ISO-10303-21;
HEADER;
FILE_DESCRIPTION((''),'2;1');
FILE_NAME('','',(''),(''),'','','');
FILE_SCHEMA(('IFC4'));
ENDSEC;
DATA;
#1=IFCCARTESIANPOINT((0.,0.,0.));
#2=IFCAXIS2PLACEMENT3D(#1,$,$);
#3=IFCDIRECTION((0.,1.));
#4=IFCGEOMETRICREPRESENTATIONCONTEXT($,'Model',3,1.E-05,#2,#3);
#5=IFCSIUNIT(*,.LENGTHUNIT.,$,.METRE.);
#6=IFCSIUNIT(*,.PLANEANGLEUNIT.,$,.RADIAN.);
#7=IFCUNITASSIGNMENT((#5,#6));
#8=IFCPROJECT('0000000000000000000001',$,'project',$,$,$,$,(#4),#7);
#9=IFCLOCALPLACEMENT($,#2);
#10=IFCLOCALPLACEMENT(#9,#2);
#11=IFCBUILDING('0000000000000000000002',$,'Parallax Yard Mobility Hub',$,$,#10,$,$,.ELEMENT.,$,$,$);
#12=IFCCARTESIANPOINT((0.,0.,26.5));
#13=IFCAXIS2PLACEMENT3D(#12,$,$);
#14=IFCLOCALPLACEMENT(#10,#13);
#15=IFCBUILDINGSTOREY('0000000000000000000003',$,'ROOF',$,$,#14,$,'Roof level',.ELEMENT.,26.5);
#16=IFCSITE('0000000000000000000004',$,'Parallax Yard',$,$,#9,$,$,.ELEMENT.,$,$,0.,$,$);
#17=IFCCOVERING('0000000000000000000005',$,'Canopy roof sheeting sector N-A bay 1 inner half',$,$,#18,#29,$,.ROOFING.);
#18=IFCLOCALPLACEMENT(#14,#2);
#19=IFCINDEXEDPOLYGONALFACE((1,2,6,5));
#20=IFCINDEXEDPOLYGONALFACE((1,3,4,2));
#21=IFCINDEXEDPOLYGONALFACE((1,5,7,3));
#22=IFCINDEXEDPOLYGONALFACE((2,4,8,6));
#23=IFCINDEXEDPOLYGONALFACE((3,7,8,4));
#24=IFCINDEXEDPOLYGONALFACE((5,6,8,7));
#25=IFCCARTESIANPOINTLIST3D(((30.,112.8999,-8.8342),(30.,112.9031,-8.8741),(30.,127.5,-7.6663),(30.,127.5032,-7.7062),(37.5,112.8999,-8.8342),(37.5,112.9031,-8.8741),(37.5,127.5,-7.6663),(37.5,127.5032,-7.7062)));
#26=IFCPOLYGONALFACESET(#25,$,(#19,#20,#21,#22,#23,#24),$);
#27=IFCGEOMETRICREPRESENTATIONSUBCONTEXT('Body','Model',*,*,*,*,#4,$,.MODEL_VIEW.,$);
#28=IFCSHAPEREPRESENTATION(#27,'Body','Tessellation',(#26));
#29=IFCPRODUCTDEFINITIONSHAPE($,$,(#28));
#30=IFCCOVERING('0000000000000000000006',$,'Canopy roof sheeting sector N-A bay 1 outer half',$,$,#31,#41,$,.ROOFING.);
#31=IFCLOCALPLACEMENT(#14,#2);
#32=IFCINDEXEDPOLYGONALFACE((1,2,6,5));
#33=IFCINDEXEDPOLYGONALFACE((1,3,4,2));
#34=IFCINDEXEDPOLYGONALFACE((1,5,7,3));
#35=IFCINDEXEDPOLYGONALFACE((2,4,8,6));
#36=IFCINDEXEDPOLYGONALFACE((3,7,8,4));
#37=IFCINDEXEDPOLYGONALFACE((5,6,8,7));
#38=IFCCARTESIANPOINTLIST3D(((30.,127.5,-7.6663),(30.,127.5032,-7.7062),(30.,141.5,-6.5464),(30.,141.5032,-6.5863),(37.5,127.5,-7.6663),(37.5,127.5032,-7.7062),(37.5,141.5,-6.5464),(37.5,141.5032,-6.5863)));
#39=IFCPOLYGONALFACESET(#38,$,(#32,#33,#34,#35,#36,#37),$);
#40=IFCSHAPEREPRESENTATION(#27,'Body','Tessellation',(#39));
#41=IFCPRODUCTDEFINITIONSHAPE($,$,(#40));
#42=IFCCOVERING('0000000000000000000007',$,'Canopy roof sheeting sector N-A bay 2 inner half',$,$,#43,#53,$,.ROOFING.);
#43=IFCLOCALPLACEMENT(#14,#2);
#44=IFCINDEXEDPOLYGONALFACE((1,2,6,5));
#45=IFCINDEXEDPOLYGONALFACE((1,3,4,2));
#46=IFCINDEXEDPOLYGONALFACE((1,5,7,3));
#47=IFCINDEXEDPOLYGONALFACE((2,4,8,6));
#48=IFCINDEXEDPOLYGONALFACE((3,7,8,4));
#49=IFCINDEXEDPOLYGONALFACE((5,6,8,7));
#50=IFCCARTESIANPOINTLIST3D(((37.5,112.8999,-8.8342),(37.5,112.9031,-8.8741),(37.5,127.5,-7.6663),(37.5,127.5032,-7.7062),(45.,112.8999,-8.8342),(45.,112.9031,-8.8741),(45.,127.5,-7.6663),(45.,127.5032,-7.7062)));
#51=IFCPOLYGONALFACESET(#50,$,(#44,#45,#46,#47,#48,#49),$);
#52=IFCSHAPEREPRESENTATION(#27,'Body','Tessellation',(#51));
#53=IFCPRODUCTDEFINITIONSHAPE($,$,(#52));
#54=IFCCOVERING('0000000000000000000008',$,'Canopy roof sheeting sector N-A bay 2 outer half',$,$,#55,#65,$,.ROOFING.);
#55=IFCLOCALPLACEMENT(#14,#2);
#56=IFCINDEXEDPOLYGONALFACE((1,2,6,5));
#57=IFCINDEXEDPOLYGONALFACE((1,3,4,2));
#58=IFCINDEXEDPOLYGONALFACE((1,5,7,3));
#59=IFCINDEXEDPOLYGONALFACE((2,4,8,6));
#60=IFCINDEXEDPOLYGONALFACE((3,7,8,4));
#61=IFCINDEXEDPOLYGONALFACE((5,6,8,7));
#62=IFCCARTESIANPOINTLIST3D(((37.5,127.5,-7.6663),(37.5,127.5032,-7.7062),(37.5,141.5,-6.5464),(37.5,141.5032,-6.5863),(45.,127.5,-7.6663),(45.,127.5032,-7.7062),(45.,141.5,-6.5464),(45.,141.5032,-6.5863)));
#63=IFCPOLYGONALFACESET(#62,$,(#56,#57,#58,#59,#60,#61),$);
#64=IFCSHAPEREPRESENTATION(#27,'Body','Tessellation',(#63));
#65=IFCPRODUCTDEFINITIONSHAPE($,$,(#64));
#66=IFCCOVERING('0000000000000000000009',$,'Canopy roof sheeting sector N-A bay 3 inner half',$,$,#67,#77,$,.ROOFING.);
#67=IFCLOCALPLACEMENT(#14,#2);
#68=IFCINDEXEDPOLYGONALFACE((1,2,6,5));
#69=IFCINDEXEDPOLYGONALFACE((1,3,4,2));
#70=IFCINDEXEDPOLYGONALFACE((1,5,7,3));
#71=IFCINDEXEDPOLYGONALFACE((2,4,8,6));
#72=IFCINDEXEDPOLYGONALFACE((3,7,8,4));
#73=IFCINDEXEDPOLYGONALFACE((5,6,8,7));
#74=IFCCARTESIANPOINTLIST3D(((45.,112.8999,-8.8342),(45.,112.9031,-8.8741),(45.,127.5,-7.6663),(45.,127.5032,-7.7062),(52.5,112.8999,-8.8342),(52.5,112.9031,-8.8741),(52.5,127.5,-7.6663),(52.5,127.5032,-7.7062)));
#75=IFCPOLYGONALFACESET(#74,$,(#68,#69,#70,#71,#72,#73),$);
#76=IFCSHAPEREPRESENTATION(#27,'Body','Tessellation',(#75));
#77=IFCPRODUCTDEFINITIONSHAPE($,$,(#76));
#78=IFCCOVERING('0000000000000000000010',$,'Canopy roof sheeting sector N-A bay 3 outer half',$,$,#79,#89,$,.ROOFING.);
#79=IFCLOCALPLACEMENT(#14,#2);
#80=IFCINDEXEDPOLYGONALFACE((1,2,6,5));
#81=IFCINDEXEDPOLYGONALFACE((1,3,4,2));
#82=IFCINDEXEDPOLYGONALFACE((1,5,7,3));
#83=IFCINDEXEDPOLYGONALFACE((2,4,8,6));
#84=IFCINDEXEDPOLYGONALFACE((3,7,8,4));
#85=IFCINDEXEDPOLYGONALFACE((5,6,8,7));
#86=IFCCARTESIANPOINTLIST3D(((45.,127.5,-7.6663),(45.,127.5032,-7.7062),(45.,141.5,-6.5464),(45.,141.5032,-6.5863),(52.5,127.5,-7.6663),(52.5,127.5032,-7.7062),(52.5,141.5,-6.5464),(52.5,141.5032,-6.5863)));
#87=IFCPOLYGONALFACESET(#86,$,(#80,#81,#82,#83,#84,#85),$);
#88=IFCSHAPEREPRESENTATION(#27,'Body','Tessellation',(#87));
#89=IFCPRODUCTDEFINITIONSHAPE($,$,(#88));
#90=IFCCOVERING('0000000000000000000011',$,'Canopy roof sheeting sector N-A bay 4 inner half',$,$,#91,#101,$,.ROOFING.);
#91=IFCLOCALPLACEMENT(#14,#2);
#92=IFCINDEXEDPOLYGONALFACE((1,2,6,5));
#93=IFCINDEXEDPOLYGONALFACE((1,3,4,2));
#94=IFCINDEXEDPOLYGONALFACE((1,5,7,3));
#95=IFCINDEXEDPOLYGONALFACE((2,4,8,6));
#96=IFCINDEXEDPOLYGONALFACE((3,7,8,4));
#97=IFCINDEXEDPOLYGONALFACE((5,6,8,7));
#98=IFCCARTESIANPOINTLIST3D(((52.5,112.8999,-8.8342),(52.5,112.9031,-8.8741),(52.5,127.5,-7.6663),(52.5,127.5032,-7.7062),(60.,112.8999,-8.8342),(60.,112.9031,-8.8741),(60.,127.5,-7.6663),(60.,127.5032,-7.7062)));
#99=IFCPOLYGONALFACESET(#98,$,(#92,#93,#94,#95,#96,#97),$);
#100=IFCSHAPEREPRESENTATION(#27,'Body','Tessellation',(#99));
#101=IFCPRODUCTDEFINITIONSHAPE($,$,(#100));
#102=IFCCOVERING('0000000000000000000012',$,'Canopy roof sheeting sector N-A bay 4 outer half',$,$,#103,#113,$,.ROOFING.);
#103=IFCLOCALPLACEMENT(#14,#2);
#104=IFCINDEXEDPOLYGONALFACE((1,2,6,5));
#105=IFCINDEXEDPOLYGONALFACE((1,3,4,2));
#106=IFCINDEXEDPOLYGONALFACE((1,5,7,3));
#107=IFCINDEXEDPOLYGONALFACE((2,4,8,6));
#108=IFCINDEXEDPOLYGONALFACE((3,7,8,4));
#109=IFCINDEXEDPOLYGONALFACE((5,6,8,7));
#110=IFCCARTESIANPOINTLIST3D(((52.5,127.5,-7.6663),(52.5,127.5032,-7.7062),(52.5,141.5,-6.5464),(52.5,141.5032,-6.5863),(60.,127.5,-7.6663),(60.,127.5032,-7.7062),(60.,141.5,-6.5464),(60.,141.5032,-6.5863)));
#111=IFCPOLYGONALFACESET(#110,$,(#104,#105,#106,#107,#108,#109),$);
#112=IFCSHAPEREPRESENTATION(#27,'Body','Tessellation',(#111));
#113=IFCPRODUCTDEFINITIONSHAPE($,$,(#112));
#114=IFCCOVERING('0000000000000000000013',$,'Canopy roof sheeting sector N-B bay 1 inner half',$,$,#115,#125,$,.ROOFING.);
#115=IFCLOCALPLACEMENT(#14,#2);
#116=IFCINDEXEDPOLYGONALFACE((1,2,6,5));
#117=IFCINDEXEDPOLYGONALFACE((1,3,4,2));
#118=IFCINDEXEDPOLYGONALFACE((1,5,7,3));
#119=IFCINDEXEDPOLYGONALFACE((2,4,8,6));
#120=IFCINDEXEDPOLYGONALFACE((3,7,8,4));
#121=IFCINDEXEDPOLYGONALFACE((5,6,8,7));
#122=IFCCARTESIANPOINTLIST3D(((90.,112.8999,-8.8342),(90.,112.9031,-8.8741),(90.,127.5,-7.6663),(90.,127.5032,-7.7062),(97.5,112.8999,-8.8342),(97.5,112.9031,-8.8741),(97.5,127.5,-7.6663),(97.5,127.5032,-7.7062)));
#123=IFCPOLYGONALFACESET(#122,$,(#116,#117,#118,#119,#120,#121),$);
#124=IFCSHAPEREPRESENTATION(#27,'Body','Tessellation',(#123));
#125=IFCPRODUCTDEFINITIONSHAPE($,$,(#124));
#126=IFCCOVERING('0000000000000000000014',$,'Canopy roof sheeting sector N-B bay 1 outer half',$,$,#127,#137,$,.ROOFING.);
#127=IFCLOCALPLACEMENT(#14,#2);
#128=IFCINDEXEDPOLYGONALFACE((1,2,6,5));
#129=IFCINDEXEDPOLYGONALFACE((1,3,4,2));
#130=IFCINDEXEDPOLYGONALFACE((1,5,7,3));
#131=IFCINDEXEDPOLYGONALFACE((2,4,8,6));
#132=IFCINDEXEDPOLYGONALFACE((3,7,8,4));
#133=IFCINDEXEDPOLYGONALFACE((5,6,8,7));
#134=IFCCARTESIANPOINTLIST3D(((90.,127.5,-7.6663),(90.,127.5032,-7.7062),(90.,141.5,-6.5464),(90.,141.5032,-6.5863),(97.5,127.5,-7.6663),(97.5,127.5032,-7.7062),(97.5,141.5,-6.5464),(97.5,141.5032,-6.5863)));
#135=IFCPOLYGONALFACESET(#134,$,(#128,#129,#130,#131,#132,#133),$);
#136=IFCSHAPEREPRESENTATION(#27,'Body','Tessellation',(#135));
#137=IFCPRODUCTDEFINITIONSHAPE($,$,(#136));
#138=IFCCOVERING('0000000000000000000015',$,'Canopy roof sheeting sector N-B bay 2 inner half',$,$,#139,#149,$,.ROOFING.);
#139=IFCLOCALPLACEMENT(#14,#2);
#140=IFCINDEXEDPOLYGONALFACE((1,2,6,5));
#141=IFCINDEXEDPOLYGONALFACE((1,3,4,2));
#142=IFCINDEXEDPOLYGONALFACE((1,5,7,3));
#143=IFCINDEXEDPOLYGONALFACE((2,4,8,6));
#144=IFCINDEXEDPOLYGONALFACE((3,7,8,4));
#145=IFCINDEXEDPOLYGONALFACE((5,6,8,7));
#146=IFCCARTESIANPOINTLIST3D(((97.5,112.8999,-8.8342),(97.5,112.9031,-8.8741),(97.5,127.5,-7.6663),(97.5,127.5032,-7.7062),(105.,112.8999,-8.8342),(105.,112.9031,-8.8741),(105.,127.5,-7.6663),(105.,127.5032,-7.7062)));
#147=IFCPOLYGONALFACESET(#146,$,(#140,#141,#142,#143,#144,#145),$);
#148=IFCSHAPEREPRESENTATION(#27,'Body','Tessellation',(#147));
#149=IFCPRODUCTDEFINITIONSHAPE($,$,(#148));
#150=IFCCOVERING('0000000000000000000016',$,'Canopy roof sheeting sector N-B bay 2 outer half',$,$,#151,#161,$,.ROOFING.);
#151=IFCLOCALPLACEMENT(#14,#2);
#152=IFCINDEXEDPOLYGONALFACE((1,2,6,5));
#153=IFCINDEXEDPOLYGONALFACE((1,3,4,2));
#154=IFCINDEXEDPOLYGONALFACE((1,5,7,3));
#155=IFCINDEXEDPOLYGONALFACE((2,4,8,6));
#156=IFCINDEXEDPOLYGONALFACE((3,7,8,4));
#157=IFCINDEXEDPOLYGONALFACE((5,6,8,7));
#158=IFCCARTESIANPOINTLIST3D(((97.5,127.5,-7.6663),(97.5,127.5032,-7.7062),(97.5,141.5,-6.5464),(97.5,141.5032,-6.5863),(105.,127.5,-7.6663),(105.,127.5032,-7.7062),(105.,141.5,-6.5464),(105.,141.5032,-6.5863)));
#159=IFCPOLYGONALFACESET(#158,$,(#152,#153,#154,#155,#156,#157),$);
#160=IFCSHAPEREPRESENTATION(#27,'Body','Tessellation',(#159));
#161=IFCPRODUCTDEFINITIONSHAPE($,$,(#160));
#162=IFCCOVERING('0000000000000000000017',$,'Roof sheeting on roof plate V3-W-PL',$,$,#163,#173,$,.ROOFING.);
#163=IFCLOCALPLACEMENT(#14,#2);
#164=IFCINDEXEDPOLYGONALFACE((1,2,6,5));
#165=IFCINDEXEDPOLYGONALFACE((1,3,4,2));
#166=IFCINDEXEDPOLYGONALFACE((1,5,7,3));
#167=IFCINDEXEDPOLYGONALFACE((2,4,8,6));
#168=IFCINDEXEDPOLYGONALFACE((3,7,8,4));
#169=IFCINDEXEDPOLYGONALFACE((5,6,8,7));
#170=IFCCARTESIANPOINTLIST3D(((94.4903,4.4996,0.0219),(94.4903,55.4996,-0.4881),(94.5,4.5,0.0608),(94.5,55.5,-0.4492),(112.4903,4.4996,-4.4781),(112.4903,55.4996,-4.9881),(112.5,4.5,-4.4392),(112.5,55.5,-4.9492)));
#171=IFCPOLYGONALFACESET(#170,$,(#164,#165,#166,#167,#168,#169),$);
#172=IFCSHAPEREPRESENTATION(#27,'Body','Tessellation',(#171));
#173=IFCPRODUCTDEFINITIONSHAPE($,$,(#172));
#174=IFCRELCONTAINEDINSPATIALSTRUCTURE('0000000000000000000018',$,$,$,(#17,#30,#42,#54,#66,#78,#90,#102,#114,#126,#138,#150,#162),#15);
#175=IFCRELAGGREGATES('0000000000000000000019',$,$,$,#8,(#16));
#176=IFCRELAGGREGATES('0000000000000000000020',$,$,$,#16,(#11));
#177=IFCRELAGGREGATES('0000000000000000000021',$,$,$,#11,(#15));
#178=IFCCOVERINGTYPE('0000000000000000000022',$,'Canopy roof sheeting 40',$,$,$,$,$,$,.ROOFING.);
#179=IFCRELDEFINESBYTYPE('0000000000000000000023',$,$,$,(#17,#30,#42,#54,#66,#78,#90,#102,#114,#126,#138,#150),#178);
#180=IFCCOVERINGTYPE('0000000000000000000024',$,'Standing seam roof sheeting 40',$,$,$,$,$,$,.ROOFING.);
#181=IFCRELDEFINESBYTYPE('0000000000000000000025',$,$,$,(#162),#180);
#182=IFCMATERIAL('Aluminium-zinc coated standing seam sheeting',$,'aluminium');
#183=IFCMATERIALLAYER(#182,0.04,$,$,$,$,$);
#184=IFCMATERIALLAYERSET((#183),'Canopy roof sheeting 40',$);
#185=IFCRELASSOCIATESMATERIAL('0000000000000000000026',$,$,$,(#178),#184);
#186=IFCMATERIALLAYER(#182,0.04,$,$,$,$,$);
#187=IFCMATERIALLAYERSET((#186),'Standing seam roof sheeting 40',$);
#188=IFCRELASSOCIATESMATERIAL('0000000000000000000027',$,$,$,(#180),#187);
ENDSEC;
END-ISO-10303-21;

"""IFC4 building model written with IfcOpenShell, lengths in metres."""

from ifc_helpers import new_model, si_unit, direction, frame, origin, place, context, subcontext, project, spatial, polyline, outline, extrude, material, layer, layer_set, type_object, element, save


model = new_model("IFC4")

# Units and contexts
model_context = context("Model", 3, precision=1e-05, world=origin(), true_north=direction((0.0, 1.0)))
body_context = subcontext(model_context, "Body", "Model", "MODEL_VIEW")
ifc_project = project(units=[si_unit("LENGTHUNIT", "METRE"), si_unit("PLANEANGLEUNIT", "RADIAN")], contexts=[model_context])

# Site, building, storey
site_placement = place(None, origin())
site = spatial("IfcSite", under=ifc_project, at=site_placement, Name="Parallax Yard", CompositionType="ELEMENT", RefElevation=0.0)
building_placement = place(site_placement, origin())
building = spatial("IfcBuilding", under=site, at=building_placement, Name="Parallax Yard Mobility Hub", CompositionType="ELEMENT")
storey_placement = place(building_placement, frame((0.0, 0.0, 26.5)))
storey = spatial("IfcBuildingStorey", under=building, at=storey_placement, Name="ROOF", LongName="Roof level", CompositionType="ELEMENT", Elevation=26.5)

# Shared definitions
placement = place(building_placement, frame((0.0, 0.0, 13.2)))

# Coverings
ifc_material_1 = material(Name="Aluminium-zinc coated standing seam sheeting", Category="aluminium")
ifc_layer_1 = layer(ifc_material_1, 0.04)
ifc_layer_set_1 = layer_set([ifc_layer_1], Name="Canopy roof sheeting 40")
covering_type_1 = type_object("IfcCoveringType", Name="Canopy roof sheeting 40", PredefinedType="ROOFING", material=ifc_layer_set_1)
covering_1_placement = place(placement, frame((30.0, 112.8999, 4.4658), z_axis=(0.0, -0.079743, 0.996815), x_axis=(1.0, 0.0, 0.0)))
element("IfcCovering", 1, at=covering_1_placement, inside=storey, type_object=covering_type_1, Name="Canopy roof sheeting sector N-A bay 1 inner half", PredefinedType="ROOFING", context=body_context, shape_type="SweptSolid", body=[
    extrude(outline(polyline([(0.0, 0.0), (7.5, 0.0), (7.5, 14.6467), (0.0, 14.6467), (0.0, 0.0)])), origin(), (0.0, 0.0, -1.0), 0.04),
])
covering_2_placement = place(placement, frame((30.0, 127.5, 5.6338), z_axis=(0.0, -0.079736, 0.996816), x_axis=(1.0, 0.0, 0.0)))
element("IfcCovering", 2, at=covering_2_placement, inside=storey, type_object=covering_type_1, Name="Canopy roof sheeting sector N-A bay 1 outer half", PredefinedType="ROOFING", context=body_context, shape_type="SweptSolid", body=[
    extrude(outline(polyline([(0.0, 0.0), (7.5, 0.0), (7.5, 14.0447), (0.0, 14.0447), (0.0, 0.0)])), origin(), (0.0, 0.0, -1.0), 0.04),
])
covering_3_placement = place(placement, frame((37.5, 112.8999, 4.4658), z_axis=(0.0, -0.079743, 0.996815), x_axis=(1.0, 0.0, 0.0)))
element("IfcCovering", 3, at=covering_3_placement, inside=storey, type_object=covering_type_1, Name="Canopy roof sheeting sector N-A bay 2 inner half", PredefinedType="ROOFING", context=body_context, shape_type="SweptSolid", body=[
    extrude(outline(polyline([(0.0, 0.0), (7.5, 0.0), (7.5, 14.6467), (0.0, 14.6467), (0.0, 0.0)])), origin(), (0.0, 0.0, -1.0), 0.04),
])
covering_4_placement = place(placement, frame((37.5, 127.5, 5.6338), z_axis=(0.0, -0.079736, 0.996816), x_axis=(1.0, 0.0, 0.0)))
element("IfcCovering", 4, at=covering_4_placement, inside=storey, type_object=covering_type_1, Name="Canopy roof sheeting sector N-A bay 2 outer half", PredefinedType="ROOFING", context=body_context, shape_type="SweptSolid", body=[
    extrude(outline(polyline([(0.0, 0.0), (7.5, 0.0), (7.5, 14.0447), (0.0, 14.0447), (0.0, 0.0)])), origin(), (0.0, 0.0, -1.0), 0.04),
])
covering_5_placement = place(placement, frame((45.0, 112.8999, 4.4658), z_axis=(0.0, -0.079743, 0.996815), x_axis=(1.0, 0.0, 0.0)))
element("IfcCovering", 5, at=covering_5_placement, inside=storey, type_object=covering_type_1, Name="Canopy roof sheeting sector N-A bay 3 inner half", PredefinedType="ROOFING", context=body_context, shape_type="SweptSolid", body=[
    extrude(outline(polyline([(0.0, 0.0), (7.5, 0.0), (7.5, 14.6467), (0.0, 14.6467), (0.0, 0.0)])), origin(), (0.0, 0.0, -1.0), 0.04),
])
covering_6_placement = place(placement, frame((45.0, 127.5, 5.6338), z_axis=(0.0, -0.079736, 0.996816), x_axis=(1.0, 0.0, 0.0)))
element("IfcCovering", 6, at=covering_6_placement, inside=storey, type_object=covering_type_1, Name="Canopy roof sheeting sector N-A bay 3 outer half", PredefinedType="ROOFING", context=body_context, shape_type="SweptSolid", body=[
    extrude(outline(polyline([(0.0, 0.0), (7.5, 0.0), (7.5, 14.0447), (0.0, 14.0447), (0.0, 0.0)])), origin(), (0.0, 0.0, -1.0), 0.04),
])
covering_7_placement = place(placement, frame((52.5, 112.8999, 4.4658), z_axis=(0.0, -0.079743, 0.996815), x_axis=(1.0, 0.0, 0.0)))
element("IfcCovering", 7, at=covering_7_placement, inside=storey, type_object=covering_type_1, Name="Canopy roof sheeting sector N-A bay 4 inner half", PredefinedType="ROOFING", context=body_context, shape_type="SweptSolid", body=[
    extrude(outline(polyline([(0.0, 0.0), (7.5, 0.0), (7.5, 14.6467), (0.0, 14.6467), (0.0, 0.0)])), origin(), (0.0, 0.0, -1.0), 0.04),
])
covering_8_placement = place(placement, frame((52.5, 127.5, 5.6338), z_axis=(0.0, -0.079736, 0.996816), x_axis=(1.0, 0.0, 0.0)))
element("IfcCovering", 8, at=covering_8_placement, inside=storey, type_object=covering_type_1, Name="Canopy roof sheeting sector N-A bay 4 outer half", PredefinedType="ROOFING", context=body_context, shape_type="SweptSolid", body=[
    extrude(outline(polyline([(0.0, 0.0), (7.5, 0.0), (7.5, 14.0447), (0.0, 14.0447), (0.0, 0.0)])), origin(), (0.0, 0.0, -1.0), 0.04),
])
covering_9_placement = place(placement, frame((90.0, 112.8999, 4.4658), z_axis=(0.0, -0.079743, 0.996815), x_axis=(1.0, 0.0, 0.0)))
element("IfcCovering", 9, at=covering_9_placement, inside=storey, type_object=covering_type_1, Name="Canopy roof sheeting sector N-B bay 1 inner half", PredefinedType="ROOFING", context=body_context, shape_type="SweptSolid", body=[
    extrude(outline(polyline([(0.0, 0.0), (7.5, 0.0), (7.5, 14.6467), (0.0, 14.6467), (0.0, 0.0)])), origin(), (0.0, 0.0, -1.0), 0.04),
])
covering_10_placement = place(placement, frame((90.0, 127.5, 5.6338), z_axis=(0.0, -0.079736, 0.996816), x_axis=(1.0, 0.0, 0.0)))
element("IfcCovering", 10, at=covering_10_placement, inside=storey, type_object=covering_type_1, Name="Canopy roof sheeting sector N-B bay 1 outer half", PredefinedType="ROOFING", context=body_context, shape_type="SweptSolid", body=[
    extrude(outline(polyline([(0.0, 0.0), (7.5, 0.0), (7.5, 14.0447), (0.0, 14.0447), (0.0, 0.0)])), origin(), (0.0, 0.0, -1.0), 0.04),
])
covering_11_placement = place(placement, frame((97.5, 112.8999, 4.4658), z_axis=(0.0, -0.079743, 0.996815), x_axis=(1.0, 0.0, 0.0)))
element("IfcCovering", 11, at=covering_11_placement, inside=storey, type_object=covering_type_1, Name="Canopy roof sheeting sector N-B bay 2 inner half", PredefinedType="ROOFING", context=body_context, shape_type="SweptSolid", body=[
    extrude(outline(polyline([(0.0, 0.0), (7.5, 0.0), (7.5, 14.6467), (0.0, 14.6467), (0.0, 0.0)])), origin(), (0.0, 0.0, -1.0), 0.04),
])
covering_12_placement = place(placement, frame((97.5, 127.5, 5.6338), z_axis=(0.0, -0.079736, 0.996816), x_axis=(1.0, 0.0, 0.0)))
element("IfcCovering", 12, at=covering_12_placement, inside=storey, type_object=covering_type_1, Name="Canopy roof sheeting sector N-B bay 2 outer half", PredefinedType="ROOFING", context=body_context, shape_type="SweptSolid", body=[
    extrude(outline(polyline([(0.0, 0.0), (7.5, 0.0), (7.5, 14.0447), (0.0, 14.0447), (0.0, 0.0)])), origin(), (0.0, 0.0, -1.0), 0.04),
])
ifc_layer_2 = layer(ifc_material_1, 0.04)
ifc_layer_set_2 = layer_set([ifc_layer_2], Name="Standing seam roof sheeting 40")
covering_type_2 = type_object("IfcCoveringType", Name="Standing seam roof sheeting 40", PredefinedType="ROOFING", material=ifc_layer_set_2)
covering_13_placement = place(placement, frame((94.5, 4.5, 13.3608), z_axis=(0.242524, 0.009701, 0.970097), x_axis=(0.970143, 0.0, -0.242536)))
element("IfcCovering", 13, at=covering_13_placement, inside=storey, type_object=covering_type_2, Name="Roof sheeting on roof plate V3-W-PL", PredefinedType="ROOFING", context=body_context, shape_type="SweptSolid", body=[
    extrude(outline(polyline([(0.0, 0.0), (18.554, 0.0), (18.6777, 51.0024), (0.1237, 51.0024), (0.0, 0.0)])), origin(), (0.0, 0.0, -1.0), 0.04),
])

save(model, "model.ifc")
